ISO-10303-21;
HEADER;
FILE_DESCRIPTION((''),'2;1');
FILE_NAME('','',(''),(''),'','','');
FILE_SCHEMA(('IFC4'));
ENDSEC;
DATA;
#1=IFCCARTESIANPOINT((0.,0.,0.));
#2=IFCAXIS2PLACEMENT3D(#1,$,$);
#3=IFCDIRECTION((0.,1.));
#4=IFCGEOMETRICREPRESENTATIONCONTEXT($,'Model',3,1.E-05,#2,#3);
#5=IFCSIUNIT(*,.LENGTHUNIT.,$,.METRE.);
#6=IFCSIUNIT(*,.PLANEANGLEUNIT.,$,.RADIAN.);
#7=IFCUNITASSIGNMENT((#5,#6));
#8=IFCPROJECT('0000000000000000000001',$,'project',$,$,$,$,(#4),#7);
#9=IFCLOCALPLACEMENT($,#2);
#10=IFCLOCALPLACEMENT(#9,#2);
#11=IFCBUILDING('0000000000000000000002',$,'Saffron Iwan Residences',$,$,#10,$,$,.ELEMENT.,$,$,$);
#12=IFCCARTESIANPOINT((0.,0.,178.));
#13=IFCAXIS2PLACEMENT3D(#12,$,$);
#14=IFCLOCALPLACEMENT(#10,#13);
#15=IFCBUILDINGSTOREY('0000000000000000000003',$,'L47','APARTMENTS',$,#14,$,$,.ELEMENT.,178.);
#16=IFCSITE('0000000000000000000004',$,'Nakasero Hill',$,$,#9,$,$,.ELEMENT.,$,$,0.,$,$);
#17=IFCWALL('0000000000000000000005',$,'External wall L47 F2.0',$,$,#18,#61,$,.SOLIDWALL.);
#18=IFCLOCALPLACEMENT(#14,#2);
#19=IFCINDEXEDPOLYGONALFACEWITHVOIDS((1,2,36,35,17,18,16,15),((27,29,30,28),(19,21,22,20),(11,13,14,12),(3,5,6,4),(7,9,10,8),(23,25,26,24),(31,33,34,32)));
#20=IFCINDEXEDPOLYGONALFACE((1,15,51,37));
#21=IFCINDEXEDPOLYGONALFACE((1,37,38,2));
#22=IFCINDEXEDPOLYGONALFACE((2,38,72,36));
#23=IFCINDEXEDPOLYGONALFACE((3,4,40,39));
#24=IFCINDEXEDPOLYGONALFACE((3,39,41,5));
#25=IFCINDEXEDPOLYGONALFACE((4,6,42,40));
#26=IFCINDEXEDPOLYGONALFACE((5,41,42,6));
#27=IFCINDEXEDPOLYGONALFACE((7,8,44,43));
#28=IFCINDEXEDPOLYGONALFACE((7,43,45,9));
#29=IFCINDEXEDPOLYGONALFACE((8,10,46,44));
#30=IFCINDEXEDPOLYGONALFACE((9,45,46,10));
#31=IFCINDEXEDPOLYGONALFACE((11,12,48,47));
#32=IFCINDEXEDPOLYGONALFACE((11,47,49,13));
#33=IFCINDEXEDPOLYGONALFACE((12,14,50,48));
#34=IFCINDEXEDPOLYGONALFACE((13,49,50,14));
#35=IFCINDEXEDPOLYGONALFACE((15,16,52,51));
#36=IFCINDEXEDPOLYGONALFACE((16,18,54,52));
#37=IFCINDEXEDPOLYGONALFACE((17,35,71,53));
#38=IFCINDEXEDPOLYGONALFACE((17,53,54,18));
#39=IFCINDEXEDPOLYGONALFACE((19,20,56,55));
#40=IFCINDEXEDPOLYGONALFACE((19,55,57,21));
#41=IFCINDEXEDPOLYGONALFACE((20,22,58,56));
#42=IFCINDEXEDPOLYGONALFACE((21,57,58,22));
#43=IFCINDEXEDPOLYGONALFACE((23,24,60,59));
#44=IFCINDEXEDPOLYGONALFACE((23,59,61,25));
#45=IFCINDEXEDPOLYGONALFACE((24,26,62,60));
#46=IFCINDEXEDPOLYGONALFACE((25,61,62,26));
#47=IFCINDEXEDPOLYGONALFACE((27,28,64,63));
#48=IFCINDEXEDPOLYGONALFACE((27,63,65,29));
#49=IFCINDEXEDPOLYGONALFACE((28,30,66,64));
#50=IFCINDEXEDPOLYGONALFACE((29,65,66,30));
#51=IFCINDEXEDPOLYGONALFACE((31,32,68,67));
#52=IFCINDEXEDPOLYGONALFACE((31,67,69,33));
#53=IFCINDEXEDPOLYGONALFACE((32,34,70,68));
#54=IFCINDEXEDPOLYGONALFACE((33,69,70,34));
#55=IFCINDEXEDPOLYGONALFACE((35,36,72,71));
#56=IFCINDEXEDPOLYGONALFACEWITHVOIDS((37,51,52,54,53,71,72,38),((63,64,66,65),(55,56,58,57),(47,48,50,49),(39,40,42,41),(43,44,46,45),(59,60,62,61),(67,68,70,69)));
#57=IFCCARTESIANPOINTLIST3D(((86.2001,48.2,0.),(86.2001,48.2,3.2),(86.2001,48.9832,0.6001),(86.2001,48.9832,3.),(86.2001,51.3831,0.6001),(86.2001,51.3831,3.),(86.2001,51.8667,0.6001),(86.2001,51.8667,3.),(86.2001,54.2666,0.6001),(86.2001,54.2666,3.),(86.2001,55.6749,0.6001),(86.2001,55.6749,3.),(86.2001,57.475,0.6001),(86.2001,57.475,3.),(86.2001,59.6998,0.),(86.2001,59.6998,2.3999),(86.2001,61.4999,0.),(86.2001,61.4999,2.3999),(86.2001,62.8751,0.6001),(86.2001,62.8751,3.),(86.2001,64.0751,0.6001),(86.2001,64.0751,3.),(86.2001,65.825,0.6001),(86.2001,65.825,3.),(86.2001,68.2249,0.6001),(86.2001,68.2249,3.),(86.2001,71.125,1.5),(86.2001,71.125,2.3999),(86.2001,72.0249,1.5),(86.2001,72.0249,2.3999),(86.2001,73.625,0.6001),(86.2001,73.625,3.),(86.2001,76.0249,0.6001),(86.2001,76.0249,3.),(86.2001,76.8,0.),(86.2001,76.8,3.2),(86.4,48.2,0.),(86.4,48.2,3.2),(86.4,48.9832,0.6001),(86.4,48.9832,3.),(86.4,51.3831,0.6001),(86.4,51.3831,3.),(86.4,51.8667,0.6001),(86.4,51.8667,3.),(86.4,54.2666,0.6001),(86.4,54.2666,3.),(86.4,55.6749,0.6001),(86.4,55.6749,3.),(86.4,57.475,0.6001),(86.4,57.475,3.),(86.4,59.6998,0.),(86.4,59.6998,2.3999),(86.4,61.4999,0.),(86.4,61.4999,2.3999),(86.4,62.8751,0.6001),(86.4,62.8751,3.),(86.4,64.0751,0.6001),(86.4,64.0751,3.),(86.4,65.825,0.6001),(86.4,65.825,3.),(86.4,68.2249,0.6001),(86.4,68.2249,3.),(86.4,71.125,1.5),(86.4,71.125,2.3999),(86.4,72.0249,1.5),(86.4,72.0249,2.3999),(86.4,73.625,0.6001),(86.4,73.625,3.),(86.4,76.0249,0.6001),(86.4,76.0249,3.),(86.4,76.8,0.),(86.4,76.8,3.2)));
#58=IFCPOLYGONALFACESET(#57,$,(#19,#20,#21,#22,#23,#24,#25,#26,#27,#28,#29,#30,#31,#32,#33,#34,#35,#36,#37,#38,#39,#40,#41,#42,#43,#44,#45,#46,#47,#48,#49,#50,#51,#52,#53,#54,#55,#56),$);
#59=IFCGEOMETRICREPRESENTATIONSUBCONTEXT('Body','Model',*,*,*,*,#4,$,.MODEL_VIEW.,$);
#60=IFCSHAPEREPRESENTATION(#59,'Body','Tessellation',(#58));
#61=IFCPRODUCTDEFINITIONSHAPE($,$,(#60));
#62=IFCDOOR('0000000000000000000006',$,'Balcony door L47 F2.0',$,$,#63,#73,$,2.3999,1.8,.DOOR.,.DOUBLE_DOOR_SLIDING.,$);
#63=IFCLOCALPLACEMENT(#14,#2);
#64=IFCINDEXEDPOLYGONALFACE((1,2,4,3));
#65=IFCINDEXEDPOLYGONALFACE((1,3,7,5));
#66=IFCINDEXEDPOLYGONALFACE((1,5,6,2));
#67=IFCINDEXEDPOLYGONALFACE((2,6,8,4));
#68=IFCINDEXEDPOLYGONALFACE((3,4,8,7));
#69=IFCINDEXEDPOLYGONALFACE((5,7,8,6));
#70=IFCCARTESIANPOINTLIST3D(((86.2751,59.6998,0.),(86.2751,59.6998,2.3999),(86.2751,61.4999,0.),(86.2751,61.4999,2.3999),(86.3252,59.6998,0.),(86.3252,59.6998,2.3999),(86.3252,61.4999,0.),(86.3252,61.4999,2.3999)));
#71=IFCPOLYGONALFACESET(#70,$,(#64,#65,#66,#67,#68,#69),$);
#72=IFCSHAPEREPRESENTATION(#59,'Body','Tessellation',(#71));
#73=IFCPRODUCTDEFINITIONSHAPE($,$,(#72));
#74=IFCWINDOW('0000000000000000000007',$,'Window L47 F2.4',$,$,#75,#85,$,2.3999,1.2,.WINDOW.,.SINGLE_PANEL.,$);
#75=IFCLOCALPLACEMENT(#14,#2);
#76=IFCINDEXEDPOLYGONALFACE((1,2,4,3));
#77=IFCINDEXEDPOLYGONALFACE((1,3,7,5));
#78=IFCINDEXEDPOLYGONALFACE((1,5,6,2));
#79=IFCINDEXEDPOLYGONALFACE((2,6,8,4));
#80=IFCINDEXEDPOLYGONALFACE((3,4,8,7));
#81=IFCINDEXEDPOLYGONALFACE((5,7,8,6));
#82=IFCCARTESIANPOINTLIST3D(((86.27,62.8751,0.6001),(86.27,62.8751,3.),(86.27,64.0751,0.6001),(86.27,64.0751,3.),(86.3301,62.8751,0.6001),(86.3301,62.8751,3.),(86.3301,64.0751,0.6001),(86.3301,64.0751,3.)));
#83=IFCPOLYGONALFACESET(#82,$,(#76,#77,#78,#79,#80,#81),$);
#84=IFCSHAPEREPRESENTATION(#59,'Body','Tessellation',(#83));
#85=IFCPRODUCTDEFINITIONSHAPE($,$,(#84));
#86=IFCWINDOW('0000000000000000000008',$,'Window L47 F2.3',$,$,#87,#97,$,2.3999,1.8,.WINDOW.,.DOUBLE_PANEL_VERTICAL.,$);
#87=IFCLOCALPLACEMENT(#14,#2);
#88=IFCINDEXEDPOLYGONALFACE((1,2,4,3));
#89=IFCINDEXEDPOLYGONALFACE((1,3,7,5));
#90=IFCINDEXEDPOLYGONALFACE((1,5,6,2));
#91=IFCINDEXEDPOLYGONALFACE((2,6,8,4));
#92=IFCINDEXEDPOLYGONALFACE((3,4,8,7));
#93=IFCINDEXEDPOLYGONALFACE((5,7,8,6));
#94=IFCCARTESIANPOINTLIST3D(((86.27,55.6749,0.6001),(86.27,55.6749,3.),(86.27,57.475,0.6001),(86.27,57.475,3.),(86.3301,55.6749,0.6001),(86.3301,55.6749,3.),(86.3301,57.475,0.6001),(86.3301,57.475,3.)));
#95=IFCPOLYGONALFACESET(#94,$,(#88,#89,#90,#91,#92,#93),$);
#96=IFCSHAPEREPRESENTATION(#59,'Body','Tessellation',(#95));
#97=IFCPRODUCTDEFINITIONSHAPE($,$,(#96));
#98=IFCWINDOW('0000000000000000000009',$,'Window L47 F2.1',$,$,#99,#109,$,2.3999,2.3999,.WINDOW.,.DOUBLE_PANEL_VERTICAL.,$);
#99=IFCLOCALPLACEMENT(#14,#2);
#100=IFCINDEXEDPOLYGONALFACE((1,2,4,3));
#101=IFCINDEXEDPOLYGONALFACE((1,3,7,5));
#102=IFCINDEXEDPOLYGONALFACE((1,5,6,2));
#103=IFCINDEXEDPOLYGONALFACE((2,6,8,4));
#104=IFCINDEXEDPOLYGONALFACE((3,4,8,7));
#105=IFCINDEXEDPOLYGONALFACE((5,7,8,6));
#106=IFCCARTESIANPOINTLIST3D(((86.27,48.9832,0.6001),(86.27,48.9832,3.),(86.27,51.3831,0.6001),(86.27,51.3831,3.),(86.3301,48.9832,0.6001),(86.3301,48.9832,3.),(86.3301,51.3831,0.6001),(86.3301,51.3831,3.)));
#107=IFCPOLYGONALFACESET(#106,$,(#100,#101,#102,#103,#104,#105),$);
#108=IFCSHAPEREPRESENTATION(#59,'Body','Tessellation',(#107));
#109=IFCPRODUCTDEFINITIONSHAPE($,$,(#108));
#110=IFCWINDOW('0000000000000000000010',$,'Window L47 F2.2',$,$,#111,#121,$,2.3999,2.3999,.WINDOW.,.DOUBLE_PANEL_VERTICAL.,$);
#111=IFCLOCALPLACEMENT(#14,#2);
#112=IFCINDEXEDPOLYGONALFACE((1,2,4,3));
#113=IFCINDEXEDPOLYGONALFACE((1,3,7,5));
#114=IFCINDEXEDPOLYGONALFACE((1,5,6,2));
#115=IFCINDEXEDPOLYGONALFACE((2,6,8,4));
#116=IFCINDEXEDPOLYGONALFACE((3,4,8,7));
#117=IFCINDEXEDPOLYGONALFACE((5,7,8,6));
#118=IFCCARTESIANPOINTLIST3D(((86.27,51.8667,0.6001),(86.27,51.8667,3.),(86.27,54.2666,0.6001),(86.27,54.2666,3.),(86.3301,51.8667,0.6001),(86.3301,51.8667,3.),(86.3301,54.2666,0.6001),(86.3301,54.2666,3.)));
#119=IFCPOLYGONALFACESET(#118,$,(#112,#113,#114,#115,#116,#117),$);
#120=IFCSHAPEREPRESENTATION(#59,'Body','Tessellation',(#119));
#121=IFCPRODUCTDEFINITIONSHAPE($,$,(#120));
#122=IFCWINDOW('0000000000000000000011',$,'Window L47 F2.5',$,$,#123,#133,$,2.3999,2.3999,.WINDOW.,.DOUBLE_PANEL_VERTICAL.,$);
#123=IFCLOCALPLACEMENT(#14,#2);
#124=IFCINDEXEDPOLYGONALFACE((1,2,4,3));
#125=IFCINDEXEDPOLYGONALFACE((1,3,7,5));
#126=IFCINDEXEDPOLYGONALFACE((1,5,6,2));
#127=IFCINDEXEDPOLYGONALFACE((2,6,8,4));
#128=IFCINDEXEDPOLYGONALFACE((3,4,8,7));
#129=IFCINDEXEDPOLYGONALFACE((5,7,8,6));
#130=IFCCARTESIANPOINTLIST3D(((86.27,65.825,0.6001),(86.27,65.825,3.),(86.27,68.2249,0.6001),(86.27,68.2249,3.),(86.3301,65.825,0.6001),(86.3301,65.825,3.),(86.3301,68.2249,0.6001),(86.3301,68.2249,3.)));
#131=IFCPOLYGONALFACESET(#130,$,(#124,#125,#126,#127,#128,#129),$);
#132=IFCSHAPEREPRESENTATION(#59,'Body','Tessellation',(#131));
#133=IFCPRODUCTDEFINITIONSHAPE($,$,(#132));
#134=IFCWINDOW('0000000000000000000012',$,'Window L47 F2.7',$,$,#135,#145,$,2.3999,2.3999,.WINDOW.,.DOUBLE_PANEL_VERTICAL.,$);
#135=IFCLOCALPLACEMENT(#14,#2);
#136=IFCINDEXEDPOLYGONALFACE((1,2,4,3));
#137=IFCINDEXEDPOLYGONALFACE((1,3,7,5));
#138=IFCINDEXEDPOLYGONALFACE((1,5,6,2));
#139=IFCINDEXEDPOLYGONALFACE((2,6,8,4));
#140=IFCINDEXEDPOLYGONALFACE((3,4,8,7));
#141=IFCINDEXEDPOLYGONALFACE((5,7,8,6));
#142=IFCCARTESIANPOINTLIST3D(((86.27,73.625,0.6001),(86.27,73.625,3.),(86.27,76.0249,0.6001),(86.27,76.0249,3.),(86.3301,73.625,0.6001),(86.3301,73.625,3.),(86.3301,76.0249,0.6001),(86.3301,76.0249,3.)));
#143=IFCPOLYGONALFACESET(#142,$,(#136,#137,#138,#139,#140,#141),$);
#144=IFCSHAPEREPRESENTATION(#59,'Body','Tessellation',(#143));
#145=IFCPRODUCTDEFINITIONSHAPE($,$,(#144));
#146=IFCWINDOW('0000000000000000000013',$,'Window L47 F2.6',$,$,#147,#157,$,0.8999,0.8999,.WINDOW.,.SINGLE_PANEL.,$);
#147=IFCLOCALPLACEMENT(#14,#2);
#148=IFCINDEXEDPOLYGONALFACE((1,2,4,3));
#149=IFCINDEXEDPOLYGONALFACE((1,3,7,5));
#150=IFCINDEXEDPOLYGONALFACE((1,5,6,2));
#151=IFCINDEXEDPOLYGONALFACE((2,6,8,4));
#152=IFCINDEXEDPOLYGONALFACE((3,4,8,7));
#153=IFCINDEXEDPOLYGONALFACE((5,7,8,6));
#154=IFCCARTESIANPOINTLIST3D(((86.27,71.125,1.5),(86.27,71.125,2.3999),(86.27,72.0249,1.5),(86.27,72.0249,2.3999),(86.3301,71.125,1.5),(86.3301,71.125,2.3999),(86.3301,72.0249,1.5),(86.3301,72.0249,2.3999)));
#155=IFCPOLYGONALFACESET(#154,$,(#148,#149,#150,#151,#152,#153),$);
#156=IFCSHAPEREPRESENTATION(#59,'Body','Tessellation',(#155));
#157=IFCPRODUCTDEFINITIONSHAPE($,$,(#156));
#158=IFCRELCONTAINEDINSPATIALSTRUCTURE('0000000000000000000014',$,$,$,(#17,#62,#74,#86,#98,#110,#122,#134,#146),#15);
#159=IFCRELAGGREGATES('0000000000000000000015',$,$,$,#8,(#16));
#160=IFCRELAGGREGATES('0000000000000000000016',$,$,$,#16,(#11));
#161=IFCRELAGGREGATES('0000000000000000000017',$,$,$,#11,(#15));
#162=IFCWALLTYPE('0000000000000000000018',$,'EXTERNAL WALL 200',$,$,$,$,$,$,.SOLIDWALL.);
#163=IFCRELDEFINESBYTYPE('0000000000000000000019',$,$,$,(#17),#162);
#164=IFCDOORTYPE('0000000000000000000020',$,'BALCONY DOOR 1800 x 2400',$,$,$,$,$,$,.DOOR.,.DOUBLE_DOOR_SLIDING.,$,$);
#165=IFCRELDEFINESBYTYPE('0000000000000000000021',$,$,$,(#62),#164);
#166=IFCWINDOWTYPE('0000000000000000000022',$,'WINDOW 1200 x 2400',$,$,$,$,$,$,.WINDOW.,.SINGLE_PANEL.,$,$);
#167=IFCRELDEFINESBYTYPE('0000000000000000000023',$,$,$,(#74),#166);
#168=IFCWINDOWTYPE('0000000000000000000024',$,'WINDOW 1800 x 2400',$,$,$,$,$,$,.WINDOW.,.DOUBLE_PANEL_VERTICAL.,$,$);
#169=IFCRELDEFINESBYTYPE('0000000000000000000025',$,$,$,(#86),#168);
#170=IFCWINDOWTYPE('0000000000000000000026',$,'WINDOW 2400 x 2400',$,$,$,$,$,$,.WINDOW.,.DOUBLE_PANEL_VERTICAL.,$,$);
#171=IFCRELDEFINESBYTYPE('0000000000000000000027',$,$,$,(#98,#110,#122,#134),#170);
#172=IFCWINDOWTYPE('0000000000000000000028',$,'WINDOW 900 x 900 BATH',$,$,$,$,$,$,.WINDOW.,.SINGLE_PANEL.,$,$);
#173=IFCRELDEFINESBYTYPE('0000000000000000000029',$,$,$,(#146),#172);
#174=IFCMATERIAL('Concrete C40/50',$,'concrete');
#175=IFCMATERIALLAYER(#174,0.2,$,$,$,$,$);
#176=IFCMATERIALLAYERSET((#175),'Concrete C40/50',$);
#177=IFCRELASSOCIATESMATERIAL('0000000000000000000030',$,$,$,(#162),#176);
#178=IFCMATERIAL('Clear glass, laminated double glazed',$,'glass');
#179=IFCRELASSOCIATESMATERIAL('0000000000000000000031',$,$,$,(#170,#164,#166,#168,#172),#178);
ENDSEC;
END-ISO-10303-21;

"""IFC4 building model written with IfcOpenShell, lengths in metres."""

from ifc_helpers import new_model, si_unit, direction, frame, frame_2d, origin, place, context, subcontext, project, spatial, rectangle, extrude, material, layer, layer_set, type_object, element, fill, save


model = new_model("IFC4")

# Units and contexts
model_context = context("Model", 3, precision=1e-05, world=origin(), true_north=direction((0.0, 1.0)))
body_context = subcontext(model_context, "Body", "Model", "MODEL_VIEW")
ifc_project = project(units=[si_unit("LENGTHUNIT", "METRE"), si_unit("PLANEANGLEUNIT", "RADIAN")], contexts=[model_context])

# Site, building, storey
site_placement = place(None, origin())
site = spatial("IfcSite", under=ifc_project, at=site_placement, Name="Nakasero Hill", CompositionType="ELEMENT", RefElevation=0.0)
building_placement = place(site_placement, origin())
building = spatial("IfcBuilding", under=site, at=building_placement, Name="Saffron Iwan Residences", CompositionType="ELEMENT")
storey_placement = place(building_placement, frame((0.0, 0.0, 178.0)))
storey = spatial("IfcBuildingStorey", under=building, at=storey_placement, Name="L47", Description="APARTMENTS", CompositionType="ELEMENT", Elevation=178.0)

# Shared definitions
ifc_material_1 = material(Name="Concrete C40/50", Category="concrete")
ifc_layer_1 = layer(ifc_material_1, 0.2)
ifc_layer_set_1 = layer_set([ifc_layer_1], Name="Concrete C40/50")
wall_type_1 = type_object("IfcWallType", Name="EXTERNAL WALL 200", PredefinedType="SOLIDWALL", material=ifc_layer_set_1)
ifc_material_2 = material(Name="Clear glass, laminated double glazed", Category="glass")
window_type_1 = type_object("IfcWindowType", Name="WINDOW 2400 x 2400", PartitioningType="DOUBLE_PANEL_VERTICAL", PredefinedType="WINDOW", material=ifc_material_2)

# Wall, openings, door, windows
wall_1_placement = place(storey_placement, frame((86.3, 48.2, 0.0), z_axis=(0.0, 0.0, 1.0), x_axis=(0.0, 1.0, 0.0)))
wall_1 = element("IfcWall", 1, at=wall_1_placement, inside=storey, type_object=wall_type_1, Name="External wall L47 F2.0", PredefinedType="SOLIDWALL", context=body_context, shape_type="SweptSolid", body=[
    extrude(rectangle(XDim=28.6001, YDim=0.2, at=frame_2d((14.3, 0.0))), origin(), (0.0, 0.0, 1.0), 3.2),
])
opening_1_placement = place(wall_1_placement, frame((11.5, 0.0, 0.0)))
opening_1 = element("IfcOpeningElement", 2, at=opening_1_placement, cuts=wall_1, PredefinedType="OPENING", context=body_context, shape_type="SweptSolid", body=[
    extrude(rectangle(XDim=1.8, YDim=2.3999, at=frame_2d((0.8999, 1.2))), frame((0.0, 0.1099, 0.0), z_axis=(0.0, -1.0, 0.0), x_axis=(1.0, 0.0, 0.0)), (0.0, 0.0, 1.0), 0.22),
])
opening_2_placement = place(wall_1_placement, frame((0.7832, 0.0, 0.6001)))
opening_2 = element("IfcOpeningElement", 3, at=opening_2_placement, cuts=wall_1, PredefinedType="OPENING", context=body_context, shape_type="SweptSolid", body=[
    extrude(rectangle(XDim=2.3999, YDim=2.3999, at=frame_2d((1.2, 1.2))), frame((0.0, 0.1099, 0.0), z_axis=(0.0, -1.0, 0.0), x_axis=(1.0, 0.0, 0.0)), (0.0, 0.0, 1.0), 0.22),
])
opening_3_placement = place(wall_1_placement, frame((3.6667, 0.0, 0.6001)))
opening_3 = element("IfcOpeningElement", 4, at=opening_3_placement, cuts=wall_1, PredefinedType="OPENING", context=body_context, shape_type="SweptSolid", body=[
    extrude(rectangle(XDim=2.3999, YDim=2.3999, at=frame_2d((1.2, 1.2))), frame((0.0, 0.1099, 0.0), z_axis=(0.0, -1.0, 0.0), x_axis=(1.0, 0.0, 0.0)), (0.0, 0.0, 1.0), 0.22),
])
opening_4_placement = place(wall_1_placement, frame((7.4751, 0.0, 0.6001)))
opening_4 = element("IfcOpeningElement", 5, at=opening_4_placement, cuts=wall_1, PredefinedType="OPENING", context=body_context, shape_type="SweptSolid", body=[
    extrude(rectangle(XDim=1.8, YDim=2.3999, at=frame_2d((0.8999, 1.2))), frame((0.0, 0.1099, 0.0), z_axis=(0.0, -1.0, 0.0), x_axis=(1.0, 0.0, 0.0)), (0.0, 0.0, 1.0), 0.22),
])
opening_5_placement = place(wall_1_placement, frame((14.675, 0.0, 0.6001)))
opening_5 = element("IfcOpeningElement", 6, at=opening_5_placement, cuts=wall_1, PredefinedType="OPENING", context=body_context, shape_type="SweptSolid", body=[
    extrude(rectangle(XDim=1.2, YDim=2.3999, at=frame_2d((0.6001, 1.2))), frame((0.0, 0.1099, 0.0), z_axis=(0.0, -1.0, 0.0), x_axis=(1.0, 0.0, 0.0)), (0.0, 0.0, 1.0), 0.22),
])
opening_6_placement = place(wall_1_placement, frame((17.625, 0.0, 0.6001)))
opening_6 = element("IfcOpeningElement", 7, at=opening_6_placement, cuts=wall_1, PredefinedType="OPENING", context=body_context, shape_type="SweptSolid", body=[
    extrude(rectangle(XDim=2.3999, YDim=2.3999, at=frame_2d((1.2, 1.2))), frame((0.0, 0.1099, 0.0), z_axis=(0.0, -1.0, 0.0), x_axis=(1.0, 0.0, 0.0)), (0.0, 0.0, 1.0), 0.22),
])
opening_7_placement = place(wall_1_placement, frame((22.925, 0.0, 1.5)))
opening_7 = element("IfcOpeningElement", 8, at=opening_7_placement, cuts=wall_1, PredefinedType="OPENING", context=body_context, shape_type="SweptSolid", body=[
    extrude(rectangle(XDim=0.8999, YDim=0.8999, at=frame_2d((0.45, 0.45))), frame((0.0, 0.1099, 0.0), z_axis=(0.0, -1.0, 0.0), x_axis=(1.0, 0.0, 0.0)), (0.0, 0.0, 1.0), 0.22),
])
opening_8_placement = place(wall_1_placement, frame((25.425, 0.0, 0.6001)))
opening_8 = element("IfcOpeningElement", 9, at=opening_8_placement, cuts=wall_1, PredefinedType="OPENING", context=body_context, shape_type="SweptSolid", body=[
    extrude(rectangle(XDim=2.3999, YDim=2.3999, at=frame_2d((1.2, 1.2))), frame((0.0, 0.1099, 0.0), z_axis=(0.0, -1.0, 0.0), x_axis=(1.0, 0.0, 0.0)), (0.0, 0.0, 1.0), 0.22),
])
door_type_1 = type_object("IfcDoorType", Name="BALCONY DOOR 1800 x 2400", OperationType="DOUBLE_DOOR_SLIDING", PredefinedType="DOOR", material=ifc_material_2)
door_1_placement = place(opening_1_placement, origin())
door_1 = element("IfcDoor", 10, at=door_1_placement, inside=storey, type_object=door_type_1, Name="Balcony door L47 F2.0", OperationType="DOUBLE_DOOR_SLIDING", OverallHeight=2.3999, OverallWidth=1.8, PredefinedType="DOOR", context=body_context, shape_type="SweptSolid", body=[
    extrude(rectangle(XDim=1.8, YDim=2.3999, at=frame_2d((0.8999, 1.2))), frame((0.0, 0.0249, 0.0), z_axis=(0.0, -1.0, 0.0), x_axis=(1.0, 0.0, 0.0)), (0.0, 0.0, 1.0), 0.05),
])
fill(opening_1, door_1)
window_type_2 = type_object("IfcWindowType", Name="WINDOW 1200 x 2400", PartitioningType="SINGLE_PANEL", PredefinedType="WINDOW", material=ifc_material_2)
window_1_placement = place(opening_5_placement, origin())
window_1 = element("IfcWindow", 11, at=window_1_placement, inside=storey, type_object=window_type_2, Name="Window L47 F2.4", OverallHeight=2.3999, OverallWidth=1.2, PartitioningType="SINGLE_PANEL", PredefinedType="WINDOW", context=body_context, shape_type="SweptSolid", body=[
    extrude(rectangle(XDim=1.2, YDim=2.3999, at=frame_2d((0.6001, 1.2))), frame((0.0, 0.03, 0.0), z_axis=(0.0, -1.0, 0.0), x_axis=(1.0, 0.0, 0.0)), (0.0, 0.0, 1.0), 0.0601),
])
fill(opening_5, window_1)
window_type_3 = type_object("IfcWindowType", Name="WINDOW 1800 x 2400", PartitioningType="DOUBLE_PANEL_VERTICAL", PredefinedType="WINDOW", material=ifc_material_2)
window_2_placement = place(opening_4_placement, origin())
window_2 = element("IfcWindow", 12, at=window_2_placement, inside=storey, type_object=window_type_3, Name="Window L47 F2.3", OverallHeight=2.3999, OverallWidth=1.8, PartitioningType="DOUBLE_PANEL_VERTICAL", PredefinedType="WINDOW", context=body_context, shape_type="SweptSolid", body=[
    extrude(rectangle(XDim=1.8, YDim=2.3999, at=frame_2d((0.8999, 1.2))), frame((0.0, 0.03, 0.0), z_axis=(0.0, -1.0, 0.0), x_axis=(1.0, 0.0, 0.0)), (0.0, 0.0, 1.0), 0.0601),
])
fill(opening_4, window_2)
window_3_placement = place(opening_2_placement, origin())
window_3 = element("IfcWindow", 13, at=window_3_placement, inside=storey, type_object=window_type_1, Name="Window L47 F2.1", OverallHeight=2.3999, OverallWidth=2.3999, PartitioningType="DOUBLE_PANEL_VERTICAL", PredefinedType="WINDOW", context=body_context, shape_type="SweptSolid", body=[
    extrude(rectangle(XDim=2.3999, YDim=2.3999, at=frame_2d((1.2, 1.2))), frame((0.0, 0.03, 0.0), z_axis=(0.0, -1.0, 0.0), x_axis=(1.0, 0.0, 0.0)), (0.0, 0.0, 1.0), 0.0601),
])
fill(opening_2, window_3)
window_4_placement = place(opening_3_placement, origin())
window_4 = element("IfcWindow", 14, at=window_4_placement, inside=storey, type_object=window_type_1, Name="Window L47 F2.2", OverallHeight=2.3999, OverallWidth=2.3999, PartitioningType="DOUBLE_PANEL_VERTICAL", PredefinedType="WINDOW", context=body_context, shape_type="SweptSolid", body=[
    extrude(rectangle(XDim=2.3999, YDim=2.3999, at=frame_2d((1.2, 1.2))), frame((0.0, 0.03, 0.0), z_axis=(0.0, -1.0, 0.0), x_axis=(1.0, 0.0, 0.0)), (0.0, 0.0, 1.0), 0.0601),
])
fill(opening_3, window_4)
window_5_placement = place(opening_6_placement, origin())
window_5 = element("IfcWindow", 15, at=window_5_placement, inside=storey, type_object=window_type_1, Name="Window L47 F2.5", OverallHeight=2.3999, OverallWidth=2.3999, PartitioningType="DOUBLE_PANEL_VERTICAL", PredefinedType="WINDOW", context=body_context, shape_type="SweptSolid", body=[
    extrude(rectangle(XDim=2.3999, YDim=2.3999, at=frame_2d((1.2, 1.2))), frame((0.0, 0.03, 0.0), z_axis=(0.0, -1.0, 0.0), x_axis=(1.0, 0.0, 0.0)), (0.0, 0.0, 1.0), 0.0601),
])
fill(opening_6, window_5)
window_6_placement = place(opening_8_placement, origin())
window_6 = element("IfcWindow", 16, at=window_6_placement, inside=storey, type_object=window_type_1, Name="Window L47 F2.7", OverallHeight=2.3999, OverallWidth=2.3999, PartitioningType="DOUBLE_PANEL_VERTICAL", PredefinedType="WINDOW", context=body_context, shape_type="SweptSolid", body=[
    extrude(rectangle(XDim=2.3999, YDim=2.3999, at=frame_2d((1.2, 1.2))), frame((0.0, 0.03, 0.0), z_axis=(0.0, -1.0, 0.0), x_axis=(1.0, 0.0, 0.0)), (0.0, 0.0, 1.0), 0.0601),
])
fill(opening_8, window_6)
window_type_4 = type_object("IfcWindowType", Name="WINDOW 900 x 900 BATH", PartitioningType="SINGLE_PANEL", PredefinedType="WINDOW", material=ifc_material_2)
window_7_placement = place(opening_7_placement, origin())
window_7 = element("IfcWindow", 17, at=window_7_placement, inside=storey, type_object=window_type_4, Name="Window L47 F2.6", OverallHeight=0.8999, OverallWidth=0.8999, PartitioningType="SINGLE_PANEL", PredefinedType="WINDOW", context=body_context, shape_type="SweptSolid", body=[
    extrude(rectangle(XDim=0.8999, YDim=0.8999, at=frame_2d((0.45, 0.45))), frame((0.0, 0.03, 0.0), z_axis=(0.0, -1.0, 0.0), x_axis=(1.0, 0.0, 0.0)), (0.0, 0.0, 1.0), 0.0601),
])
fill(opening_7, window_7)

save(model, "model.ifc")
